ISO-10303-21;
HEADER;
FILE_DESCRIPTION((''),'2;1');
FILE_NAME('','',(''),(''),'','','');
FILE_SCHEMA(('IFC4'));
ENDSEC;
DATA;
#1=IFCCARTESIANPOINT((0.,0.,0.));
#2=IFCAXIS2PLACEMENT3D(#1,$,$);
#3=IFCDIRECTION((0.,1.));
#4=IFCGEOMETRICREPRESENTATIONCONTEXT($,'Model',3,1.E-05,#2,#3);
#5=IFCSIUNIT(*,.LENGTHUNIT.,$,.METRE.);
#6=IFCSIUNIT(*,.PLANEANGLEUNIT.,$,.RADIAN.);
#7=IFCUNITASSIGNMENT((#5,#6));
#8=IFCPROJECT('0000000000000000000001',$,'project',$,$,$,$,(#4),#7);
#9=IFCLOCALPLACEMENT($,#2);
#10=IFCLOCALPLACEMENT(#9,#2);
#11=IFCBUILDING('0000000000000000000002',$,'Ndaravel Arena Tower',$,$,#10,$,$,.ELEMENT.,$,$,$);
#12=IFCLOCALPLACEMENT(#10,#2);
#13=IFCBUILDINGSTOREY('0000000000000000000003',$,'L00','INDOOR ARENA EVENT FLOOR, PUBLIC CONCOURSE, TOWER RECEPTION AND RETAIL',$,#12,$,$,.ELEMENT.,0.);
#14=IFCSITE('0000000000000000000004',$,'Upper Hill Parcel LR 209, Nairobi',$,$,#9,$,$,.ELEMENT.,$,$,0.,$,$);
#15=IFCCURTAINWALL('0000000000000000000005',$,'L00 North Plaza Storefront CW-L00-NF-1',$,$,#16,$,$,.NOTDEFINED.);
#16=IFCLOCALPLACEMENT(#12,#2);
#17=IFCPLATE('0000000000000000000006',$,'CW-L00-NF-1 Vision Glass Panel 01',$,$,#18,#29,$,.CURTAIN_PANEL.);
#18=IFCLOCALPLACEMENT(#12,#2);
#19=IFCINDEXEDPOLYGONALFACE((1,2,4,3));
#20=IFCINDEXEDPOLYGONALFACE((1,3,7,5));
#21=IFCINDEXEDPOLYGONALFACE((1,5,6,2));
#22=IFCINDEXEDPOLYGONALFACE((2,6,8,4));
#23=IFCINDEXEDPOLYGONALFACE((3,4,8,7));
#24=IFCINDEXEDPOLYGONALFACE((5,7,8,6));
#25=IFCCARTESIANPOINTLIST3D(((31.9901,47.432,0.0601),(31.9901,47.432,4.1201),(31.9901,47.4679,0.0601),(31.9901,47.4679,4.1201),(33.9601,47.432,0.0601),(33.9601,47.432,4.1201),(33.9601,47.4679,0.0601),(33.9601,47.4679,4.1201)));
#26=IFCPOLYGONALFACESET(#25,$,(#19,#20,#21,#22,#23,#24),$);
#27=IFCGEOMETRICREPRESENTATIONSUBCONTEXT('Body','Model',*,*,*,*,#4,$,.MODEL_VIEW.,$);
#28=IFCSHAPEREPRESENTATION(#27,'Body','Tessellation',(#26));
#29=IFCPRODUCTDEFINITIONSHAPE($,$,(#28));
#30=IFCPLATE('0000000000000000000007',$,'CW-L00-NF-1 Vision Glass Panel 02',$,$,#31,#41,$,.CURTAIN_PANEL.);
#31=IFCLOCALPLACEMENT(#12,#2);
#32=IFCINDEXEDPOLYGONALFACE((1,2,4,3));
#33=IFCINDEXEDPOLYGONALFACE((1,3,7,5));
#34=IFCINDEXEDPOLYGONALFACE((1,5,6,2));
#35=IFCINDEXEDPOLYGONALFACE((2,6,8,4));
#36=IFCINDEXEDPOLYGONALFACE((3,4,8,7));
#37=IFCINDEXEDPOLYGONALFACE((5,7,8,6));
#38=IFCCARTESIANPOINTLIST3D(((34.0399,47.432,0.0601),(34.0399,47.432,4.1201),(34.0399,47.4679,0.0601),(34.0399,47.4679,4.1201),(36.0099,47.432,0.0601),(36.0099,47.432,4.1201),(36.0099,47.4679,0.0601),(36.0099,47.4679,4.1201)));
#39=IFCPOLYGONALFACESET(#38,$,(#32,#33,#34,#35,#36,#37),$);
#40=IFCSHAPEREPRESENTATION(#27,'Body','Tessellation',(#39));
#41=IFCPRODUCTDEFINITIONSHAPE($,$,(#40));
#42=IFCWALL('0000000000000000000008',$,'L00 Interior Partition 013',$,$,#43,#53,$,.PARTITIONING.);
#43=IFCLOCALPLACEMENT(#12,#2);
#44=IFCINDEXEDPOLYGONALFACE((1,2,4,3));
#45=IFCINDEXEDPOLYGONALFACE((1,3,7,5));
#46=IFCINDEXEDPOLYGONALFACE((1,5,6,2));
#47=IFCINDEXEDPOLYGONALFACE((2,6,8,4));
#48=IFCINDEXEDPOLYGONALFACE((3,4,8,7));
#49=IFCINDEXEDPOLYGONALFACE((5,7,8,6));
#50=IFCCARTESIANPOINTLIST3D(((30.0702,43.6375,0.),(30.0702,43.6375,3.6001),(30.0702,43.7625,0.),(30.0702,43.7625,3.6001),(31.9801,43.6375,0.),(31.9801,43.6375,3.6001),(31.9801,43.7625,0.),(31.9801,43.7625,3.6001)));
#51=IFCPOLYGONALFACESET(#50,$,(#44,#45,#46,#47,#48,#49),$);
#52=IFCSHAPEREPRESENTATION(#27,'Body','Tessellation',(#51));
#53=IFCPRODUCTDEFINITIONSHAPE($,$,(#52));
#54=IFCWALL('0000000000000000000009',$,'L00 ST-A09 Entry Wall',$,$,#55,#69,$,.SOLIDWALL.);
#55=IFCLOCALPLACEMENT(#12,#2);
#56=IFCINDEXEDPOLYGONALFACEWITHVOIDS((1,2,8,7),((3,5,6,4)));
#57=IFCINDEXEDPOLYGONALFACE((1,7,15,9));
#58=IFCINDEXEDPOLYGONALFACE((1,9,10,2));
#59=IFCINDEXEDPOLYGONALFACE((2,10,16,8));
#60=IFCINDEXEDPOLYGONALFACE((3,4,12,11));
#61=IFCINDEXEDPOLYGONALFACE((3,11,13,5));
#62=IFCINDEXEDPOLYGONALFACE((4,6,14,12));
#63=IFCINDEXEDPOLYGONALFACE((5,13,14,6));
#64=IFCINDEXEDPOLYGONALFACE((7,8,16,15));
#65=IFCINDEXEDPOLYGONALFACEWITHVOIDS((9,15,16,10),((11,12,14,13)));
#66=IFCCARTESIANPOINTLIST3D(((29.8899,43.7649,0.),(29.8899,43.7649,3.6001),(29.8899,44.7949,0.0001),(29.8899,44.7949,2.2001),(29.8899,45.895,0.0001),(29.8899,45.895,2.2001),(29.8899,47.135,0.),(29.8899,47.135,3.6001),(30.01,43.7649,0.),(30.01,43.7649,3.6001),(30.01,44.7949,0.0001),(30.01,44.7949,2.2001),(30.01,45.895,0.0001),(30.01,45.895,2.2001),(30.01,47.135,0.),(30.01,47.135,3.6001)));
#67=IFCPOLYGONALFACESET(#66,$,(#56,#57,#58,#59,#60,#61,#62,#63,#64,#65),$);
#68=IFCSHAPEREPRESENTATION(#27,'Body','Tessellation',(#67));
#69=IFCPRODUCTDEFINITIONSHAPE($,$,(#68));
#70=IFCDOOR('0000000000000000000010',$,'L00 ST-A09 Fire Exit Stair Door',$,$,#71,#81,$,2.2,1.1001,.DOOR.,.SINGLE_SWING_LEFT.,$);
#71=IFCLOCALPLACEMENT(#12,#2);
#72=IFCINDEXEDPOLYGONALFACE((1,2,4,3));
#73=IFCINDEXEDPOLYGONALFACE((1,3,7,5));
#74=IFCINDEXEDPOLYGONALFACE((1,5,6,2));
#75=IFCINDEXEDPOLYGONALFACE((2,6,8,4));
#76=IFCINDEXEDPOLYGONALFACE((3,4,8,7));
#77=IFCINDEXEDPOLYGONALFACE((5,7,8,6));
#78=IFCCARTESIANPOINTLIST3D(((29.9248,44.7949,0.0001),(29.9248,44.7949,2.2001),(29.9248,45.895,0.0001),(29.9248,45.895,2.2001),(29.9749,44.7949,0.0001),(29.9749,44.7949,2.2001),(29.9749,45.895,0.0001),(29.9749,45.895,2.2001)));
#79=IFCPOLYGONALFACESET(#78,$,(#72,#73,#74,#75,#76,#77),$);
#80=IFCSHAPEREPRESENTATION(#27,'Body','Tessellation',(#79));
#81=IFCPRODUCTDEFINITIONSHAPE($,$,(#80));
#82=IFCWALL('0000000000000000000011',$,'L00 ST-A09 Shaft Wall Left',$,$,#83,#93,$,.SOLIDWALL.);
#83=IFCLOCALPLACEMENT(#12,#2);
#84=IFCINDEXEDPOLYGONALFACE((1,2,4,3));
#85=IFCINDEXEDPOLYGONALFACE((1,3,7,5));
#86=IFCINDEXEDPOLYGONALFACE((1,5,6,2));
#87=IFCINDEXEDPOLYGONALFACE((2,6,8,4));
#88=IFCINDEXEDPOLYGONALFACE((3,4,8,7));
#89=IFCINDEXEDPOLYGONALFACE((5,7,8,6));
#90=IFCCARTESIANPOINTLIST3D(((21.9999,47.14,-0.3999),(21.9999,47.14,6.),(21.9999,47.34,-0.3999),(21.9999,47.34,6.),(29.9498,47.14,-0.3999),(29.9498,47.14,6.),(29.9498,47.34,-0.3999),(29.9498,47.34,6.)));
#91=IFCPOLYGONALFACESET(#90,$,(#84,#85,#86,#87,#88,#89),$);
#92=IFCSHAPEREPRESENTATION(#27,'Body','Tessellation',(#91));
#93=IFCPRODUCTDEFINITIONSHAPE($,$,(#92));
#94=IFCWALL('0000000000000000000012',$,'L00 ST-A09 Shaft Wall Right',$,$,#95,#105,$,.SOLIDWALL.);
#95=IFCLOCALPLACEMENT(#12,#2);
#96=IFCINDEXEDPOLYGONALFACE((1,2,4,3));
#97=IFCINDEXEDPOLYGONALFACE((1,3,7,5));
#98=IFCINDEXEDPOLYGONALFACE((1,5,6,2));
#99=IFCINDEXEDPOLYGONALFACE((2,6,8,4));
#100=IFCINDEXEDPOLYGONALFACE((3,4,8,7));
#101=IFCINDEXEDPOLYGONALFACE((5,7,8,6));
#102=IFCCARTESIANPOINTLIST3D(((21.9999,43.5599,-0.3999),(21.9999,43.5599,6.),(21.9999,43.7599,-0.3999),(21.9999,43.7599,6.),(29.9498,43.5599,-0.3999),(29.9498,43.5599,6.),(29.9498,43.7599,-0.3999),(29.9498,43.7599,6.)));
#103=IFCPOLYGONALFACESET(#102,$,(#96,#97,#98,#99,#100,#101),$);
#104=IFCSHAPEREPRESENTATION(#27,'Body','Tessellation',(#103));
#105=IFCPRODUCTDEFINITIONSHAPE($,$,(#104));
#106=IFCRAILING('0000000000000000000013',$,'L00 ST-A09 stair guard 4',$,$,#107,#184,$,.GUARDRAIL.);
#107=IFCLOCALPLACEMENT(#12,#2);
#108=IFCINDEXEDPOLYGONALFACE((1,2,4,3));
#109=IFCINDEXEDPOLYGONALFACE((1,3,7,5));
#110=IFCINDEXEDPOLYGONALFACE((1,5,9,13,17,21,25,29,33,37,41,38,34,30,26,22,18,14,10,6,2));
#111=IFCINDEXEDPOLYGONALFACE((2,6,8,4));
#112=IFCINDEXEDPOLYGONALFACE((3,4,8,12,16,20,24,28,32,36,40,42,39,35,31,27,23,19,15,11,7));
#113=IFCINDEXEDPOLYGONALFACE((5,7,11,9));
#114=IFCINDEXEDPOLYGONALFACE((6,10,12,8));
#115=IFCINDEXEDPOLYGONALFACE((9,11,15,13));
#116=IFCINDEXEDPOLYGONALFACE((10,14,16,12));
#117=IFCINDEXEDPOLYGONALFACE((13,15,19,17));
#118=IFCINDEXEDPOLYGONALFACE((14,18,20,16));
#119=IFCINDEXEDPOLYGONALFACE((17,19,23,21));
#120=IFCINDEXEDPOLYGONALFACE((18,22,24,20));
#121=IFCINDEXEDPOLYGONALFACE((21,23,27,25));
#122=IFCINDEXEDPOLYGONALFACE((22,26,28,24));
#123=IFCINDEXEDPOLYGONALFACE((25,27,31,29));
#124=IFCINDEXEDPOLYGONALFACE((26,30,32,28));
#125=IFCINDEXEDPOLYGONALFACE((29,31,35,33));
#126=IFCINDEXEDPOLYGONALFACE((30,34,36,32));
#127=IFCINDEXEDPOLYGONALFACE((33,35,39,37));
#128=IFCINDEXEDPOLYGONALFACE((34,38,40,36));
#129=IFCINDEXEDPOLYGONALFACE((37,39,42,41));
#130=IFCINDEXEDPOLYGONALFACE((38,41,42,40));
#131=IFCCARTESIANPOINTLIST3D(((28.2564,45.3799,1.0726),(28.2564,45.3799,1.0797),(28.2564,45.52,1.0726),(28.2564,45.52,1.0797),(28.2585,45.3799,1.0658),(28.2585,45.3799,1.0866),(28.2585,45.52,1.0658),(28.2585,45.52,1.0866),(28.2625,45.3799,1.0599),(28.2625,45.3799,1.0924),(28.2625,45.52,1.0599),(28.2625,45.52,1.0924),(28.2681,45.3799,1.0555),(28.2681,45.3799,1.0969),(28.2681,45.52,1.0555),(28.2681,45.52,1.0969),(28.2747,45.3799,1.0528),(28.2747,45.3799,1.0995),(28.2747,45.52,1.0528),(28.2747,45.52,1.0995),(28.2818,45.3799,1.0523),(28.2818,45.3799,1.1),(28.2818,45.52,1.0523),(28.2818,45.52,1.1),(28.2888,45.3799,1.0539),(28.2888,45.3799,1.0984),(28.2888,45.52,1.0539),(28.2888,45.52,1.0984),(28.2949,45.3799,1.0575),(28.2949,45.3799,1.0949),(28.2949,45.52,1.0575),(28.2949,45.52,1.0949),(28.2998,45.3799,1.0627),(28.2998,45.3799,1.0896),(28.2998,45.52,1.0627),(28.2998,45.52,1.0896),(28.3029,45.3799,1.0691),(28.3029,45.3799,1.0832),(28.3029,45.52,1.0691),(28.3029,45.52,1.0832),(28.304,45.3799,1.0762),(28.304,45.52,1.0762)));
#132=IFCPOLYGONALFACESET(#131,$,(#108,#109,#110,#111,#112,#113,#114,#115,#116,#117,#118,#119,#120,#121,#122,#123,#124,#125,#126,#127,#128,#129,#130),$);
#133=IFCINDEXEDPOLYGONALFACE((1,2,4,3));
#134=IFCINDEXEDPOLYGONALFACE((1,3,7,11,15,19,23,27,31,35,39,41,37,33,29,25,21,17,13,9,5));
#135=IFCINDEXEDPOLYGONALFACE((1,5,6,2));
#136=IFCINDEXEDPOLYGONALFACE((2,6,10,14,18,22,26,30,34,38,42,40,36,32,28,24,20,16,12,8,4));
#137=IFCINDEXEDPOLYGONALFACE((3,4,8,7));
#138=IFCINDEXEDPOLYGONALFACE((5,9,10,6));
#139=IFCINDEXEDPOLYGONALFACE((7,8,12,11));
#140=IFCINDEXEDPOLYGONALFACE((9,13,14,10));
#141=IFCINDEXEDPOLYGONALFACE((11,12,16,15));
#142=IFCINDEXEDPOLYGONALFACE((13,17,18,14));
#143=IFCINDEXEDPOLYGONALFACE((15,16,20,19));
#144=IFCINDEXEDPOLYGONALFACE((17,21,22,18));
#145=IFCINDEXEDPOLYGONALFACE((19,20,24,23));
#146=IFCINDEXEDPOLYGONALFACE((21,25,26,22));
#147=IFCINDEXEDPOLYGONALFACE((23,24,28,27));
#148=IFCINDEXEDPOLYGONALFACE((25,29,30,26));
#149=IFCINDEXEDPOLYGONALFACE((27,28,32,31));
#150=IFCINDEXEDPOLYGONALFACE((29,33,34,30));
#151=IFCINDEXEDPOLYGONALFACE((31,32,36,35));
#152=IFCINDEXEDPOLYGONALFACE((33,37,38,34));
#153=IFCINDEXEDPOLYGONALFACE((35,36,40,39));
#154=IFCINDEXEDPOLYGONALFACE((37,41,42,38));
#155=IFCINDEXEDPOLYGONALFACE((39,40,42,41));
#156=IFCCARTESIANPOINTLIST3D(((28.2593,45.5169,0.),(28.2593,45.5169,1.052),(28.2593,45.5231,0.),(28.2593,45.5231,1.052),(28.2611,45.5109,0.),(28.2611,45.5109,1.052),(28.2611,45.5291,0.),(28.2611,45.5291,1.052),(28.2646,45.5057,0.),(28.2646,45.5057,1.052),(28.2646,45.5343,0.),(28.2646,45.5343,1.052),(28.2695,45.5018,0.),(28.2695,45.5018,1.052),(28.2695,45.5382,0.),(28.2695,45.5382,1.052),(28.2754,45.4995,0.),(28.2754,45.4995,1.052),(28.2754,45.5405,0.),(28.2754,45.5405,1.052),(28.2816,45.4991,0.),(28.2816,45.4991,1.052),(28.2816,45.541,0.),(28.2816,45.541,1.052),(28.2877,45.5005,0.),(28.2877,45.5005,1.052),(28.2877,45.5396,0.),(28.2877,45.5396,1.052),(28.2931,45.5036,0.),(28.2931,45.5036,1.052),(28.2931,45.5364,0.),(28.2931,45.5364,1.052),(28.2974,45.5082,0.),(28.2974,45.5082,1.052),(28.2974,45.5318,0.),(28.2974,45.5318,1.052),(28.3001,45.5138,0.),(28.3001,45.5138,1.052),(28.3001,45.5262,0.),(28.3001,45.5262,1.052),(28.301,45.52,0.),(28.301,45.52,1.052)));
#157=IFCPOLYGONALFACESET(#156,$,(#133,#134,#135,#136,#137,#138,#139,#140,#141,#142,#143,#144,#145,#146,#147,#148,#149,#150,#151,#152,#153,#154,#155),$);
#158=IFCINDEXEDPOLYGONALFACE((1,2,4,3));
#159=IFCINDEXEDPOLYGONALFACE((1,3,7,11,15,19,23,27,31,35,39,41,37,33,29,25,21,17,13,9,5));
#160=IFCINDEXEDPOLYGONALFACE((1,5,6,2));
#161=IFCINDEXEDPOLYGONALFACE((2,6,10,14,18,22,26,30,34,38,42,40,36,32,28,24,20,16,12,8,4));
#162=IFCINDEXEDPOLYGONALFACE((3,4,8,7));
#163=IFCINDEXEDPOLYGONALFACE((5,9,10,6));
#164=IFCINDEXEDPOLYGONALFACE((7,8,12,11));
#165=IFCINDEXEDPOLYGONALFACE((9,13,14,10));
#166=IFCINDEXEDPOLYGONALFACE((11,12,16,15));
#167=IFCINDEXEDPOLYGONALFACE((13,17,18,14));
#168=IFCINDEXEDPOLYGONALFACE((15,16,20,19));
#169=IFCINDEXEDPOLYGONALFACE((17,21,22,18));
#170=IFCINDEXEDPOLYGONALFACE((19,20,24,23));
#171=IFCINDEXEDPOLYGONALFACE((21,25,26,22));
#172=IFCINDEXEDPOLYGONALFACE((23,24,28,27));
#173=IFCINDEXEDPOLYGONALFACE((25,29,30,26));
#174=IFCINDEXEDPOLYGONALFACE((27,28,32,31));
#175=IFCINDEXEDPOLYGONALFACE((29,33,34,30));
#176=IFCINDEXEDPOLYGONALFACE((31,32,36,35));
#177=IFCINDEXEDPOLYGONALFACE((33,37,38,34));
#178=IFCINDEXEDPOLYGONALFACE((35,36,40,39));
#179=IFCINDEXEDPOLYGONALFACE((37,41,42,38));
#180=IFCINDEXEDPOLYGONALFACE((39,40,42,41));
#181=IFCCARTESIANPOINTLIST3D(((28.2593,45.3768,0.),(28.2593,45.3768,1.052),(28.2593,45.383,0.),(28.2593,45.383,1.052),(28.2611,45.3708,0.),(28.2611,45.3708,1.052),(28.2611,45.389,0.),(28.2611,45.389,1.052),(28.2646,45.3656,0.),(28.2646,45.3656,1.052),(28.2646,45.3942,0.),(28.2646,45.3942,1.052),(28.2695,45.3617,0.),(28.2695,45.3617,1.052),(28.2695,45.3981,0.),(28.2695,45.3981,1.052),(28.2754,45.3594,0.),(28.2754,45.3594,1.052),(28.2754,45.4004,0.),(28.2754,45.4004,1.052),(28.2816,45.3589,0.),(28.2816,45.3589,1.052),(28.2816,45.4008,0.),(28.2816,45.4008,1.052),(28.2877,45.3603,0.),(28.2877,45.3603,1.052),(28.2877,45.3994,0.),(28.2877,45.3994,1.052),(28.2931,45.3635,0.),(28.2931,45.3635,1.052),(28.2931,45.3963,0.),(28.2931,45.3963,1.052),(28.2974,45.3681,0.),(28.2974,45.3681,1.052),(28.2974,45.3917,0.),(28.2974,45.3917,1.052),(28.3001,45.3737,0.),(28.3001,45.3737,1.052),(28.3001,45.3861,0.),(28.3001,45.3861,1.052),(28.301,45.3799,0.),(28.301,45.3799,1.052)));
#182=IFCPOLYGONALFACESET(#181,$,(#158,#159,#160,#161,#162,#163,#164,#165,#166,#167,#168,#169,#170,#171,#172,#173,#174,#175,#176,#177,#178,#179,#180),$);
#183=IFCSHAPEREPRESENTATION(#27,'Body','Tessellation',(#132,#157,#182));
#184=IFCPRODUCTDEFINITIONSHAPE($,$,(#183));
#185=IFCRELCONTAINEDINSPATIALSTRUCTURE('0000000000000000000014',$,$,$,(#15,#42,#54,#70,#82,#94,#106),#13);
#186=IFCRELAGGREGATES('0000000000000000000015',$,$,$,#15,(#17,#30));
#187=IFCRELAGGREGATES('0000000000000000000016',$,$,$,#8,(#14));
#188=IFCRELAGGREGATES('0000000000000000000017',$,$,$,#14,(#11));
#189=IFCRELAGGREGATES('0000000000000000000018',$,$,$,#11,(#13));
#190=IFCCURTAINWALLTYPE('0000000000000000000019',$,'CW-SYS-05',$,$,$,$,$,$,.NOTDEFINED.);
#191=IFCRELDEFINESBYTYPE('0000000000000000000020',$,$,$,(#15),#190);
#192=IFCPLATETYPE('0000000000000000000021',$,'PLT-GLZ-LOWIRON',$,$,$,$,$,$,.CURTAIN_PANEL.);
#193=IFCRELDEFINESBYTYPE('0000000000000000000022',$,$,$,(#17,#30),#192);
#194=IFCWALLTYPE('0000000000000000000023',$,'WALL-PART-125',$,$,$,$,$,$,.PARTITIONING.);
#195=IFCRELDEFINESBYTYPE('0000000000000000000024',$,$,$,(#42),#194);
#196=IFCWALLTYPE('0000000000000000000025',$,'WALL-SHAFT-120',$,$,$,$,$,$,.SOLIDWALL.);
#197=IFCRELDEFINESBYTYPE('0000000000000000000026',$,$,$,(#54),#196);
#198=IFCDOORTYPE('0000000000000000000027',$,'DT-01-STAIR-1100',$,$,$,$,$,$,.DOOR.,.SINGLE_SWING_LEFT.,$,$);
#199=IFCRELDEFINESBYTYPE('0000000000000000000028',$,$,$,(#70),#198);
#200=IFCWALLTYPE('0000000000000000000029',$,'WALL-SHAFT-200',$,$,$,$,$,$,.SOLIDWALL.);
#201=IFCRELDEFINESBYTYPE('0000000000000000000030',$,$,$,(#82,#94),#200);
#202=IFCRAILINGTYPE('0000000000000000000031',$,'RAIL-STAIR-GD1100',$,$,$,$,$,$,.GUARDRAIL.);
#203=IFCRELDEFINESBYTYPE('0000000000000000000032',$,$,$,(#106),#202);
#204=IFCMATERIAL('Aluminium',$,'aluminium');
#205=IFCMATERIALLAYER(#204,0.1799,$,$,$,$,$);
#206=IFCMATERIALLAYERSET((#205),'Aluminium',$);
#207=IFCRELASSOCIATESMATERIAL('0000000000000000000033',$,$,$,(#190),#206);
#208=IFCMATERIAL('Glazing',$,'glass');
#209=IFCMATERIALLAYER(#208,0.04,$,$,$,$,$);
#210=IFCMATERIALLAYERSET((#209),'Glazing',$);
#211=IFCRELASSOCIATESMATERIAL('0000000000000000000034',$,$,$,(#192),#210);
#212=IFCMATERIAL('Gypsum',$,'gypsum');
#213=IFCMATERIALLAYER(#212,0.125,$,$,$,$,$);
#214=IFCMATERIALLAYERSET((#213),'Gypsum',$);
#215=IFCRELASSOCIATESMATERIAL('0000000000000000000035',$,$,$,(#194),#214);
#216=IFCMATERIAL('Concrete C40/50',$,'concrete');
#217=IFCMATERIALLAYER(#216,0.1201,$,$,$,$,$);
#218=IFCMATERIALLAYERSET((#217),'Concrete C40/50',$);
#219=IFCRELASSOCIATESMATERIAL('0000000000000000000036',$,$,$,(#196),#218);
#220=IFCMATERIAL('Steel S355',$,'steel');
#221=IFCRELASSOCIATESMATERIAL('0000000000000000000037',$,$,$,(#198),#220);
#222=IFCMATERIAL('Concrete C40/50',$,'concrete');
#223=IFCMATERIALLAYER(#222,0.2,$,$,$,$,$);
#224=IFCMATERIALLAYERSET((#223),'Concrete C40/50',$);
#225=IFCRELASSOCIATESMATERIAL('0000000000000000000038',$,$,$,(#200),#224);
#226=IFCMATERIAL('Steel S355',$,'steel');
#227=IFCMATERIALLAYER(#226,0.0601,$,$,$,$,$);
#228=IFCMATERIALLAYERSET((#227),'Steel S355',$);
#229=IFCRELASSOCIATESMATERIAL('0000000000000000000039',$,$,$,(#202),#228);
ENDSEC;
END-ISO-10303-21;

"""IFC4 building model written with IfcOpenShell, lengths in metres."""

from ifc_helpers import new_model, si_unit, direction, frame, frame_2d, origin, origin_2d, place, context, subcontext, project, spatial, rectangle, circle, extrude, material, layer, layer_set, type_object, element, fill, aggregate, save


model = new_model("IFC4")

# Units and contexts
model_context = context("Model", 3, precision=1e-05, world=origin(), true_north=direction((0.0, 1.0)))
body_context = subcontext(model_context, "Body", "Model", "MODEL_VIEW")
ifc_project = project(units=[si_unit("LENGTHUNIT", "METRE"), si_unit("PLANEANGLEUNIT", "RADIAN")], contexts=[model_context])

# Site, building, storey
site_placement = place(None, origin())
site = spatial("IfcSite", under=ifc_project, at=site_placement, Name="Upper Hill Parcel LR 209, Nairobi", CompositionType="ELEMENT", RefElevation=0.0)
building_placement = place(site_placement, origin())
building = spatial("IfcBuilding", under=site, at=building_placement, Name="Ndaravel Arena Tower", CompositionType="ELEMENT")
storey_placement = place(building_placement, origin())
storey = spatial("IfcBuildingStorey", under=building, at=storey_placement, Name="L00", Description="INDOOR ARENA EVENT FLOOR, PUBLIC CONCOURSE, TOWER RECEPTION AND RETAIL", CompositionType="ELEMENT", Elevation=0.0)

# Curtain wall, plates
ifc_material_1 = material(Name="Aluminium", Category="aluminium")
ifc_layer_1 = layer(ifc_material_1, 0.1799)
ifc_layer_set_1 = layer_set([ifc_layer_1], Name="Aluminium")
curtain_wall_type = type_object("IfcCurtainWallType", Name="CW-SYS-05", PredefinedType="NOTDEFINED", material=ifc_layer_set_1)
curtain_wall_placement = place(storey_placement, origin())
curtain_wall = element("IfcCurtainWall", 1, at=curtain_wall_placement, inside=storey, type_object=curtain_wall_type, Name="L00 North Plaza Storefront CW-L00-NF-1", PredefinedType="NOTDEFINED")
ifc_material_2 = material(Name="Glazing", Category="glass")
ifc_layer_2 = layer(ifc_material_2, 0.04)
ifc_layer_set_2 = layer_set([ifc_layer_2], Name="Glazing")
plate_type = type_object("IfcPlateType", Name="PLT-GLZ-LOWIRON", PredefinedType="CURTAIN_PANEL", material=ifc_layer_set_2)
plate_1_placement = place(storey_placement, frame((32.9751, 47.45, 0.0601), z_axis=(0.0, 0.0, 1.0), x_axis=(1.0, 0.0, 0.0)))
plate_1 = element("IfcPlate", 2, at=plate_1_placement, type_object=plate_type, Name="CW-L00-NF-1 Vision Glass Panel 01", PredefinedType="CURTAIN_PANEL", context=body_context, shape_type="SweptSolid", body=[
    extrude(rectangle(XDim=1.97, YDim=0.0359, at=origin_2d()), origin(), (0.0, 0.0, 1.0), 4.0601),
])
plate_2_placement = place(storey_placement, frame((35.0249, 47.45, 0.0601), z_axis=(0.0, 0.0, 1.0), x_axis=(1.0, 0.0, 0.0)))
plate_2 = element("IfcPlate", 3, at=plate_2_placement, type_object=plate_type, Name="CW-L00-NF-1 Vision Glass Panel 02", PredefinedType="CURTAIN_PANEL", context=body_context, shape_type="SweptSolid", body=[
    extrude(rectangle(XDim=1.97, YDim=0.0359, at=origin_2d()), origin(), (0.0, 0.0, 1.0), 4.0601),
])
aggregate(curtain_wall, [plate_1, plate_2])

# Wall
ifc_material_3 = material(Name="Gypsum", Category="gypsum")
ifc_layer_3 = layer(ifc_material_3, 0.125)
ifc_layer_set_3 = layer_set([ifc_layer_3], Name="Gypsum")
wall_type_1 = type_object("IfcWallType", Name="WALL-PART-125", PredefinedType="PARTITIONING", material=ifc_layer_set_3)
wall_1_placement = place(storey_placement, frame((30.0701, 43.7, 0.0), z_axis=(0.0, 0.0, 1.0), x_axis=(1.0, 0.0, 0.0)))
element("IfcWall", 4, at=wall_1_placement, inside=storey, type_object=wall_type_1, Name="L00 Interior Partition 013", PredefinedType="PARTITIONING", context=body_context, shape_type="SweptSolid", body=[
    extrude(rectangle(XDim=1.9099, YDim=0.125, at=frame_2d((0.9551, 0.0))), origin(), (0.0, 0.0, 1.0), 3.6001),
])

# Wall, opening, door
ifc_material_4 = material(Name="Concrete C40/50", Category="concrete")
ifc_layer_4 = layer(ifc_material_4, 0.1201)
ifc_layer_set_4 = layer_set([ifc_layer_4], Name="Concrete C40/50")
wall_type_2 = type_object("IfcWallType", Name="WALL-SHAFT-120", PredefinedType="SOLIDWALL", material=ifc_layer_set_4)
wall_2_placement = place(storey_placement, frame((29.95, 47.135, 0.0), z_axis=(0.0, 0.0, 1.0), x_axis=(0.0, -1.0, 0.0)))
wall_2 = element("IfcWall", 5, at=wall_2_placement, inside=storey, type_object=wall_type_2, Name="L00 ST-A09 Entry Wall", PredefinedType="SOLIDWALL", context=body_context, shape_type="SweptSolid", body=[
    extrude(rectangle(XDim=3.3701, YDim=0.1201, at=frame_2d((1.6851, 0.0))), origin(), (0.0, 0.0, 1.0), 3.6001),
])
opening_1_placement = place(wall_2_placement, frame((1.24, 0.0, 0.0)))
opening_1 = element("IfcOpeningElement", 6, at=opening_1_placement, cuts=wall_2, PredefinedType="OPENING", context=body_context, shape_type="SweptSolid", body=[
    extrude(rectangle(XDim=1.1001, YDim=2.2, at=frame_2d((0.55, 1.1001))), frame((0.0, 0.0601, 0.0), z_axis=(0.0, -1.0, 0.0), x_axis=(1.0, 0.0, 0.0)), (0.0, 0.0, 1.0), 0.1201),
])
ifc_material_5 = material(Name="Steel S355", Category="steel")
door_type_1 = type_object("IfcDoorType", Name="DT-01-STAIR-1100", OperationType="SINGLE_SWING_LEFT", PredefinedType="DOOR", material=ifc_material_5)
door_1_placement = place(opening_1_placement, origin())
door_1 = element("IfcDoor", 7, at=door_1_placement, inside=storey, type_object=door_type_1, Name="L00 ST-A09 Fire Exit Stair Door", OperationType="SINGLE_SWING_LEFT", OverallHeight=2.2, OverallWidth=1.1001, PredefinedType="DOOR", context=body_context, shape_type="SweptSolid", body=[
    extrude(rectangle(XDim=1.1001, YDim=2.2, at=frame_2d((0.55, 1.1001))), frame((0.0, 0.0249, 0.0), z_axis=(0.0, -1.0, 0.0), x_axis=(1.0, 0.0, 0.0)), (0.0, 0.0, 1.0), 0.05),
])
fill(opening_1, door_1)

# Walls
ifc_material_6 = material(Name="Concrete C40/50", Category="concrete")
ifc_layer_5 = layer(ifc_material_6, 0.2)
ifc_layer_set_5 = layer_set([ifc_layer_5], Name="Concrete C40/50")
wall_type_3 = type_object("IfcWallType", Name="WALL-SHAFT-200", PredefinedType="SOLIDWALL", material=ifc_layer_set_5)
for number, where, z_axis, x_axis, name in (
    (8, (29.95, 47.24, -0.3999), (0.0, 0.0, 1.0), (-1.0, 0.0, 0.0), "L00 ST-A09 Shaft Wall Left"),
    (9, (29.95, 43.6599, -0.3999), (0.0, 0.0, 1.0), (-1.0, 0.0, 0.0), "L00 ST-A09 Shaft Wall Right"),
):
    element("IfcWall", number, at=place(storey_placement, frame(where, z_axis=z_axis, x_axis=x_axis)), inside=storey, type_object=wall_type_3, Name=name, PredefinedType="SOLIDWALL", context=body_context, shape_type="SweptSolid", body=[
        extrude(rectangle(XDim=7.95, YDim=0.2, at=frame_2d((3.9751, 0.0))), origin(), (0.0, 0.0, 1.0), 6.3999),
    ])

# Railing
ifc_material_7 = material(Name="Steel S355", Category="steel")
ifc_layer_6 = layer(ifc_material_7, 0.0601)
ifc_layer_set_6 = layer_set([ifc_layer_6], Name="Steel S355")
railing_type = type_object("IfcRailingType", Name="RAIL-STAIR-GD1100", PredefinedType="GUARDRAIL", material=ifc_layer_set_6)
railing_placement = place(storey_placement, frame((28.28, 45.52, 0.0)))
element("IfcRailing", 10, at=railing_placement, inside=storey, type_object=railing_type, Name="L00 ST-A09 stair guard 4", PredefinedType="GUARDRAIL", context=body_context, shape_type="SweptSolid", body=[
    extrude(circle(Radius=0.0239, at=origin_2d()), frame((0.0, 0.0, 1.0762), z_axis=(0.0, -1.0, 0.0), x_axis=(1.0, 0.0, 0.0)), (0.0, 0.0, 1.0), 0.1401),
    extrude(circle(Radius=0.021, at=origin_2d()), origin(), (0.0, 0.0, 1.0), 1.052),
    extrude(circle(Radius=0.021, at=origin_2d()), frame((0.0, -0.1401, 0.0)), (0.0, 0.0, 1.0), 1.052),
])

save(model, "model.ifc")
